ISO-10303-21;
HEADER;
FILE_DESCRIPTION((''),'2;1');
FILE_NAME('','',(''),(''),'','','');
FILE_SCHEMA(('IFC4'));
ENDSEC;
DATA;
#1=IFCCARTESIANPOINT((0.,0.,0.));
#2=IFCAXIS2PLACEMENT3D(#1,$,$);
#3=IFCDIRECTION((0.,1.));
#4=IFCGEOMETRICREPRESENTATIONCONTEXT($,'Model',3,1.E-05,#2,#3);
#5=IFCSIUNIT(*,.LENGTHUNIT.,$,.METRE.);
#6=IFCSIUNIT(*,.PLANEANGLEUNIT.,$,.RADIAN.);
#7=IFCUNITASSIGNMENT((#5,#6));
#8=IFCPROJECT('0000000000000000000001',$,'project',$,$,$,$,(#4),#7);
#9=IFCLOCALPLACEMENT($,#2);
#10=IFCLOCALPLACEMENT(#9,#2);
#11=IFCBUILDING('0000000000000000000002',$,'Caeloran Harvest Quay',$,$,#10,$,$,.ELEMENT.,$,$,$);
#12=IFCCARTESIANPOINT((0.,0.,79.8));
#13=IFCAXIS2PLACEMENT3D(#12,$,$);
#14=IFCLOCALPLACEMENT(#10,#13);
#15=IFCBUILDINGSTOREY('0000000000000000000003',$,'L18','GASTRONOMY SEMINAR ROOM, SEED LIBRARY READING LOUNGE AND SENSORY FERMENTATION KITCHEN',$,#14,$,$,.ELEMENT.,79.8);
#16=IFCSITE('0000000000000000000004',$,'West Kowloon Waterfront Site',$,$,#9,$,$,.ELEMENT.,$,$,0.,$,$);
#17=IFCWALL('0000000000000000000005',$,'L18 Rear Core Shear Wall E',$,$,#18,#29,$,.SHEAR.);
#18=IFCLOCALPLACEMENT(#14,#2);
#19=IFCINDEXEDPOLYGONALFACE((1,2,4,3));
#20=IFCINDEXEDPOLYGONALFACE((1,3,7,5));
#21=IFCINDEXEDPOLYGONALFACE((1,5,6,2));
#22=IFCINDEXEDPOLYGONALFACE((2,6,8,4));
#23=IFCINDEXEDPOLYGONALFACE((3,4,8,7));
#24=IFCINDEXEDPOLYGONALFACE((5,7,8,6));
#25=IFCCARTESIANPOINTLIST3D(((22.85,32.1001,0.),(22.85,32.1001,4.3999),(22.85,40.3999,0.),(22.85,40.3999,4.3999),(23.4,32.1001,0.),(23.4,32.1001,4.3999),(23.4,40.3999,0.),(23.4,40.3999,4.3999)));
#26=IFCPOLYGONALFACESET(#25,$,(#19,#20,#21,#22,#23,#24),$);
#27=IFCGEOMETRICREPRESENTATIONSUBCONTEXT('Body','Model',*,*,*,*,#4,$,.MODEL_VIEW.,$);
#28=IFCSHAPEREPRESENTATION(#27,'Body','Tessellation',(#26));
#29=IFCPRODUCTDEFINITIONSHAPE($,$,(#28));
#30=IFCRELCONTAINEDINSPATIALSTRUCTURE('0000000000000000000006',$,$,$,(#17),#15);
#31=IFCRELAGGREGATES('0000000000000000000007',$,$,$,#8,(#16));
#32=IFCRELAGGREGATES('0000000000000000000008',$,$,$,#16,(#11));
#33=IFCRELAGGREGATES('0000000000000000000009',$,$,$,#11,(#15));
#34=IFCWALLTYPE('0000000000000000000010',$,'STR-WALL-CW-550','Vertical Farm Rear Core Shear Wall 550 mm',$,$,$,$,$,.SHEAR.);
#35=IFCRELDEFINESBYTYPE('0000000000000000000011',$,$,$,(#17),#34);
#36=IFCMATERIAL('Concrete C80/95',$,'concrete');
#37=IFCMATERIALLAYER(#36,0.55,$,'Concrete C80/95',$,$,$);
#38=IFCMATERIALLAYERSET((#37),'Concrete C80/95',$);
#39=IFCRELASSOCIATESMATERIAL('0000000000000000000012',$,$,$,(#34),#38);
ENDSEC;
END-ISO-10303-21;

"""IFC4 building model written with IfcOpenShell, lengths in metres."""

from ifc_helpers import new_model, si_unit, direction, frame, frame_2d, origin, place, context, subcontext, project, spatial, rectangle, extrude, material, layer, layer_set, type_object, element, save


model = new_model("IFC4")

# Units and contexts
model_context = context("Model", 3, precision=1e-05, world=origin(), true_north=direction((0.0, 1.0)))
body_context = subcontext(model_context, "Body", "Model", "MODEL_VIEW")
ifc_project = project(units=[si_unit("LENGTHUNIT", "METRE"), si_unit("PLANEANGLEUNIT", "RADIAN")], contexts=[model_context])

# Site, building, storey
site_placement = place(None, origin())
site = spatial("IfcSite", under=ifc_project, at=site_placement, Name="West Kowloon Waterfront Site", CompositionType="ELEMENT", RefElevation=0.0)
building_placement = place(site_placement, origin())
building = spatial("IfcBuilding", under=site, at=building_placement, Name="Caeloran Harvest Quay", CompositionType="ELEMENT")
storey_placement = place(building_placement, frame((0.0, 0.0, 79.8)))
storey = spatial("IfcBuildingStorey", under=building, at=storey_placement, Name="L18", Description="GASTRONOMY SEMINAR ROOM, SEED LIBRARY READING LOUNGE AND SENSORY FERMENTATION KITCHEN", CompositionType="ELEMENT", Elevation=79.8)

# Shared definitions
ifc_material_1 = material(Name="Concrete C80/95", Category="concrete")

# Wall
ifc_layer_1 = layer(ifc_material_1, 0.55, Name="Concrete C80/95")
ifc_layer_set_1 = layer_set([ifc_layer_1], Name="Concrete C80/95")
wall_type_1 = type_object("IfcWallType", Name="STR-WALL-CW-550", Description="Vertical Farm Rear Core Shear Wall 550 mm", PredefinedType="SHEAR", material=ifc_layer_set_1)
wall_1_placement = place(storey_placement, frame((23.125, 32.1001, 0.0), z_axis=(0.0, 0.0, 1.0), x_axis=(0.0, 1.0, 0.0)))
element("IfcWall", 1, at=wall_1_placement, inside=storey, type_object=wall_type_1, Name="L18 Rear Core Shear Wall E", PredefinedType="SHEAR", context=body_context, shape_type="SweptSolid", body=[
    extrude(rectangle(XDim=8.2998, YDim=0.55, at=frame_2d((4.1499, 0.0))), origin(), (0.0, 0.0, 1.0), 4.3999),
])

save(model, "model.ifc")
